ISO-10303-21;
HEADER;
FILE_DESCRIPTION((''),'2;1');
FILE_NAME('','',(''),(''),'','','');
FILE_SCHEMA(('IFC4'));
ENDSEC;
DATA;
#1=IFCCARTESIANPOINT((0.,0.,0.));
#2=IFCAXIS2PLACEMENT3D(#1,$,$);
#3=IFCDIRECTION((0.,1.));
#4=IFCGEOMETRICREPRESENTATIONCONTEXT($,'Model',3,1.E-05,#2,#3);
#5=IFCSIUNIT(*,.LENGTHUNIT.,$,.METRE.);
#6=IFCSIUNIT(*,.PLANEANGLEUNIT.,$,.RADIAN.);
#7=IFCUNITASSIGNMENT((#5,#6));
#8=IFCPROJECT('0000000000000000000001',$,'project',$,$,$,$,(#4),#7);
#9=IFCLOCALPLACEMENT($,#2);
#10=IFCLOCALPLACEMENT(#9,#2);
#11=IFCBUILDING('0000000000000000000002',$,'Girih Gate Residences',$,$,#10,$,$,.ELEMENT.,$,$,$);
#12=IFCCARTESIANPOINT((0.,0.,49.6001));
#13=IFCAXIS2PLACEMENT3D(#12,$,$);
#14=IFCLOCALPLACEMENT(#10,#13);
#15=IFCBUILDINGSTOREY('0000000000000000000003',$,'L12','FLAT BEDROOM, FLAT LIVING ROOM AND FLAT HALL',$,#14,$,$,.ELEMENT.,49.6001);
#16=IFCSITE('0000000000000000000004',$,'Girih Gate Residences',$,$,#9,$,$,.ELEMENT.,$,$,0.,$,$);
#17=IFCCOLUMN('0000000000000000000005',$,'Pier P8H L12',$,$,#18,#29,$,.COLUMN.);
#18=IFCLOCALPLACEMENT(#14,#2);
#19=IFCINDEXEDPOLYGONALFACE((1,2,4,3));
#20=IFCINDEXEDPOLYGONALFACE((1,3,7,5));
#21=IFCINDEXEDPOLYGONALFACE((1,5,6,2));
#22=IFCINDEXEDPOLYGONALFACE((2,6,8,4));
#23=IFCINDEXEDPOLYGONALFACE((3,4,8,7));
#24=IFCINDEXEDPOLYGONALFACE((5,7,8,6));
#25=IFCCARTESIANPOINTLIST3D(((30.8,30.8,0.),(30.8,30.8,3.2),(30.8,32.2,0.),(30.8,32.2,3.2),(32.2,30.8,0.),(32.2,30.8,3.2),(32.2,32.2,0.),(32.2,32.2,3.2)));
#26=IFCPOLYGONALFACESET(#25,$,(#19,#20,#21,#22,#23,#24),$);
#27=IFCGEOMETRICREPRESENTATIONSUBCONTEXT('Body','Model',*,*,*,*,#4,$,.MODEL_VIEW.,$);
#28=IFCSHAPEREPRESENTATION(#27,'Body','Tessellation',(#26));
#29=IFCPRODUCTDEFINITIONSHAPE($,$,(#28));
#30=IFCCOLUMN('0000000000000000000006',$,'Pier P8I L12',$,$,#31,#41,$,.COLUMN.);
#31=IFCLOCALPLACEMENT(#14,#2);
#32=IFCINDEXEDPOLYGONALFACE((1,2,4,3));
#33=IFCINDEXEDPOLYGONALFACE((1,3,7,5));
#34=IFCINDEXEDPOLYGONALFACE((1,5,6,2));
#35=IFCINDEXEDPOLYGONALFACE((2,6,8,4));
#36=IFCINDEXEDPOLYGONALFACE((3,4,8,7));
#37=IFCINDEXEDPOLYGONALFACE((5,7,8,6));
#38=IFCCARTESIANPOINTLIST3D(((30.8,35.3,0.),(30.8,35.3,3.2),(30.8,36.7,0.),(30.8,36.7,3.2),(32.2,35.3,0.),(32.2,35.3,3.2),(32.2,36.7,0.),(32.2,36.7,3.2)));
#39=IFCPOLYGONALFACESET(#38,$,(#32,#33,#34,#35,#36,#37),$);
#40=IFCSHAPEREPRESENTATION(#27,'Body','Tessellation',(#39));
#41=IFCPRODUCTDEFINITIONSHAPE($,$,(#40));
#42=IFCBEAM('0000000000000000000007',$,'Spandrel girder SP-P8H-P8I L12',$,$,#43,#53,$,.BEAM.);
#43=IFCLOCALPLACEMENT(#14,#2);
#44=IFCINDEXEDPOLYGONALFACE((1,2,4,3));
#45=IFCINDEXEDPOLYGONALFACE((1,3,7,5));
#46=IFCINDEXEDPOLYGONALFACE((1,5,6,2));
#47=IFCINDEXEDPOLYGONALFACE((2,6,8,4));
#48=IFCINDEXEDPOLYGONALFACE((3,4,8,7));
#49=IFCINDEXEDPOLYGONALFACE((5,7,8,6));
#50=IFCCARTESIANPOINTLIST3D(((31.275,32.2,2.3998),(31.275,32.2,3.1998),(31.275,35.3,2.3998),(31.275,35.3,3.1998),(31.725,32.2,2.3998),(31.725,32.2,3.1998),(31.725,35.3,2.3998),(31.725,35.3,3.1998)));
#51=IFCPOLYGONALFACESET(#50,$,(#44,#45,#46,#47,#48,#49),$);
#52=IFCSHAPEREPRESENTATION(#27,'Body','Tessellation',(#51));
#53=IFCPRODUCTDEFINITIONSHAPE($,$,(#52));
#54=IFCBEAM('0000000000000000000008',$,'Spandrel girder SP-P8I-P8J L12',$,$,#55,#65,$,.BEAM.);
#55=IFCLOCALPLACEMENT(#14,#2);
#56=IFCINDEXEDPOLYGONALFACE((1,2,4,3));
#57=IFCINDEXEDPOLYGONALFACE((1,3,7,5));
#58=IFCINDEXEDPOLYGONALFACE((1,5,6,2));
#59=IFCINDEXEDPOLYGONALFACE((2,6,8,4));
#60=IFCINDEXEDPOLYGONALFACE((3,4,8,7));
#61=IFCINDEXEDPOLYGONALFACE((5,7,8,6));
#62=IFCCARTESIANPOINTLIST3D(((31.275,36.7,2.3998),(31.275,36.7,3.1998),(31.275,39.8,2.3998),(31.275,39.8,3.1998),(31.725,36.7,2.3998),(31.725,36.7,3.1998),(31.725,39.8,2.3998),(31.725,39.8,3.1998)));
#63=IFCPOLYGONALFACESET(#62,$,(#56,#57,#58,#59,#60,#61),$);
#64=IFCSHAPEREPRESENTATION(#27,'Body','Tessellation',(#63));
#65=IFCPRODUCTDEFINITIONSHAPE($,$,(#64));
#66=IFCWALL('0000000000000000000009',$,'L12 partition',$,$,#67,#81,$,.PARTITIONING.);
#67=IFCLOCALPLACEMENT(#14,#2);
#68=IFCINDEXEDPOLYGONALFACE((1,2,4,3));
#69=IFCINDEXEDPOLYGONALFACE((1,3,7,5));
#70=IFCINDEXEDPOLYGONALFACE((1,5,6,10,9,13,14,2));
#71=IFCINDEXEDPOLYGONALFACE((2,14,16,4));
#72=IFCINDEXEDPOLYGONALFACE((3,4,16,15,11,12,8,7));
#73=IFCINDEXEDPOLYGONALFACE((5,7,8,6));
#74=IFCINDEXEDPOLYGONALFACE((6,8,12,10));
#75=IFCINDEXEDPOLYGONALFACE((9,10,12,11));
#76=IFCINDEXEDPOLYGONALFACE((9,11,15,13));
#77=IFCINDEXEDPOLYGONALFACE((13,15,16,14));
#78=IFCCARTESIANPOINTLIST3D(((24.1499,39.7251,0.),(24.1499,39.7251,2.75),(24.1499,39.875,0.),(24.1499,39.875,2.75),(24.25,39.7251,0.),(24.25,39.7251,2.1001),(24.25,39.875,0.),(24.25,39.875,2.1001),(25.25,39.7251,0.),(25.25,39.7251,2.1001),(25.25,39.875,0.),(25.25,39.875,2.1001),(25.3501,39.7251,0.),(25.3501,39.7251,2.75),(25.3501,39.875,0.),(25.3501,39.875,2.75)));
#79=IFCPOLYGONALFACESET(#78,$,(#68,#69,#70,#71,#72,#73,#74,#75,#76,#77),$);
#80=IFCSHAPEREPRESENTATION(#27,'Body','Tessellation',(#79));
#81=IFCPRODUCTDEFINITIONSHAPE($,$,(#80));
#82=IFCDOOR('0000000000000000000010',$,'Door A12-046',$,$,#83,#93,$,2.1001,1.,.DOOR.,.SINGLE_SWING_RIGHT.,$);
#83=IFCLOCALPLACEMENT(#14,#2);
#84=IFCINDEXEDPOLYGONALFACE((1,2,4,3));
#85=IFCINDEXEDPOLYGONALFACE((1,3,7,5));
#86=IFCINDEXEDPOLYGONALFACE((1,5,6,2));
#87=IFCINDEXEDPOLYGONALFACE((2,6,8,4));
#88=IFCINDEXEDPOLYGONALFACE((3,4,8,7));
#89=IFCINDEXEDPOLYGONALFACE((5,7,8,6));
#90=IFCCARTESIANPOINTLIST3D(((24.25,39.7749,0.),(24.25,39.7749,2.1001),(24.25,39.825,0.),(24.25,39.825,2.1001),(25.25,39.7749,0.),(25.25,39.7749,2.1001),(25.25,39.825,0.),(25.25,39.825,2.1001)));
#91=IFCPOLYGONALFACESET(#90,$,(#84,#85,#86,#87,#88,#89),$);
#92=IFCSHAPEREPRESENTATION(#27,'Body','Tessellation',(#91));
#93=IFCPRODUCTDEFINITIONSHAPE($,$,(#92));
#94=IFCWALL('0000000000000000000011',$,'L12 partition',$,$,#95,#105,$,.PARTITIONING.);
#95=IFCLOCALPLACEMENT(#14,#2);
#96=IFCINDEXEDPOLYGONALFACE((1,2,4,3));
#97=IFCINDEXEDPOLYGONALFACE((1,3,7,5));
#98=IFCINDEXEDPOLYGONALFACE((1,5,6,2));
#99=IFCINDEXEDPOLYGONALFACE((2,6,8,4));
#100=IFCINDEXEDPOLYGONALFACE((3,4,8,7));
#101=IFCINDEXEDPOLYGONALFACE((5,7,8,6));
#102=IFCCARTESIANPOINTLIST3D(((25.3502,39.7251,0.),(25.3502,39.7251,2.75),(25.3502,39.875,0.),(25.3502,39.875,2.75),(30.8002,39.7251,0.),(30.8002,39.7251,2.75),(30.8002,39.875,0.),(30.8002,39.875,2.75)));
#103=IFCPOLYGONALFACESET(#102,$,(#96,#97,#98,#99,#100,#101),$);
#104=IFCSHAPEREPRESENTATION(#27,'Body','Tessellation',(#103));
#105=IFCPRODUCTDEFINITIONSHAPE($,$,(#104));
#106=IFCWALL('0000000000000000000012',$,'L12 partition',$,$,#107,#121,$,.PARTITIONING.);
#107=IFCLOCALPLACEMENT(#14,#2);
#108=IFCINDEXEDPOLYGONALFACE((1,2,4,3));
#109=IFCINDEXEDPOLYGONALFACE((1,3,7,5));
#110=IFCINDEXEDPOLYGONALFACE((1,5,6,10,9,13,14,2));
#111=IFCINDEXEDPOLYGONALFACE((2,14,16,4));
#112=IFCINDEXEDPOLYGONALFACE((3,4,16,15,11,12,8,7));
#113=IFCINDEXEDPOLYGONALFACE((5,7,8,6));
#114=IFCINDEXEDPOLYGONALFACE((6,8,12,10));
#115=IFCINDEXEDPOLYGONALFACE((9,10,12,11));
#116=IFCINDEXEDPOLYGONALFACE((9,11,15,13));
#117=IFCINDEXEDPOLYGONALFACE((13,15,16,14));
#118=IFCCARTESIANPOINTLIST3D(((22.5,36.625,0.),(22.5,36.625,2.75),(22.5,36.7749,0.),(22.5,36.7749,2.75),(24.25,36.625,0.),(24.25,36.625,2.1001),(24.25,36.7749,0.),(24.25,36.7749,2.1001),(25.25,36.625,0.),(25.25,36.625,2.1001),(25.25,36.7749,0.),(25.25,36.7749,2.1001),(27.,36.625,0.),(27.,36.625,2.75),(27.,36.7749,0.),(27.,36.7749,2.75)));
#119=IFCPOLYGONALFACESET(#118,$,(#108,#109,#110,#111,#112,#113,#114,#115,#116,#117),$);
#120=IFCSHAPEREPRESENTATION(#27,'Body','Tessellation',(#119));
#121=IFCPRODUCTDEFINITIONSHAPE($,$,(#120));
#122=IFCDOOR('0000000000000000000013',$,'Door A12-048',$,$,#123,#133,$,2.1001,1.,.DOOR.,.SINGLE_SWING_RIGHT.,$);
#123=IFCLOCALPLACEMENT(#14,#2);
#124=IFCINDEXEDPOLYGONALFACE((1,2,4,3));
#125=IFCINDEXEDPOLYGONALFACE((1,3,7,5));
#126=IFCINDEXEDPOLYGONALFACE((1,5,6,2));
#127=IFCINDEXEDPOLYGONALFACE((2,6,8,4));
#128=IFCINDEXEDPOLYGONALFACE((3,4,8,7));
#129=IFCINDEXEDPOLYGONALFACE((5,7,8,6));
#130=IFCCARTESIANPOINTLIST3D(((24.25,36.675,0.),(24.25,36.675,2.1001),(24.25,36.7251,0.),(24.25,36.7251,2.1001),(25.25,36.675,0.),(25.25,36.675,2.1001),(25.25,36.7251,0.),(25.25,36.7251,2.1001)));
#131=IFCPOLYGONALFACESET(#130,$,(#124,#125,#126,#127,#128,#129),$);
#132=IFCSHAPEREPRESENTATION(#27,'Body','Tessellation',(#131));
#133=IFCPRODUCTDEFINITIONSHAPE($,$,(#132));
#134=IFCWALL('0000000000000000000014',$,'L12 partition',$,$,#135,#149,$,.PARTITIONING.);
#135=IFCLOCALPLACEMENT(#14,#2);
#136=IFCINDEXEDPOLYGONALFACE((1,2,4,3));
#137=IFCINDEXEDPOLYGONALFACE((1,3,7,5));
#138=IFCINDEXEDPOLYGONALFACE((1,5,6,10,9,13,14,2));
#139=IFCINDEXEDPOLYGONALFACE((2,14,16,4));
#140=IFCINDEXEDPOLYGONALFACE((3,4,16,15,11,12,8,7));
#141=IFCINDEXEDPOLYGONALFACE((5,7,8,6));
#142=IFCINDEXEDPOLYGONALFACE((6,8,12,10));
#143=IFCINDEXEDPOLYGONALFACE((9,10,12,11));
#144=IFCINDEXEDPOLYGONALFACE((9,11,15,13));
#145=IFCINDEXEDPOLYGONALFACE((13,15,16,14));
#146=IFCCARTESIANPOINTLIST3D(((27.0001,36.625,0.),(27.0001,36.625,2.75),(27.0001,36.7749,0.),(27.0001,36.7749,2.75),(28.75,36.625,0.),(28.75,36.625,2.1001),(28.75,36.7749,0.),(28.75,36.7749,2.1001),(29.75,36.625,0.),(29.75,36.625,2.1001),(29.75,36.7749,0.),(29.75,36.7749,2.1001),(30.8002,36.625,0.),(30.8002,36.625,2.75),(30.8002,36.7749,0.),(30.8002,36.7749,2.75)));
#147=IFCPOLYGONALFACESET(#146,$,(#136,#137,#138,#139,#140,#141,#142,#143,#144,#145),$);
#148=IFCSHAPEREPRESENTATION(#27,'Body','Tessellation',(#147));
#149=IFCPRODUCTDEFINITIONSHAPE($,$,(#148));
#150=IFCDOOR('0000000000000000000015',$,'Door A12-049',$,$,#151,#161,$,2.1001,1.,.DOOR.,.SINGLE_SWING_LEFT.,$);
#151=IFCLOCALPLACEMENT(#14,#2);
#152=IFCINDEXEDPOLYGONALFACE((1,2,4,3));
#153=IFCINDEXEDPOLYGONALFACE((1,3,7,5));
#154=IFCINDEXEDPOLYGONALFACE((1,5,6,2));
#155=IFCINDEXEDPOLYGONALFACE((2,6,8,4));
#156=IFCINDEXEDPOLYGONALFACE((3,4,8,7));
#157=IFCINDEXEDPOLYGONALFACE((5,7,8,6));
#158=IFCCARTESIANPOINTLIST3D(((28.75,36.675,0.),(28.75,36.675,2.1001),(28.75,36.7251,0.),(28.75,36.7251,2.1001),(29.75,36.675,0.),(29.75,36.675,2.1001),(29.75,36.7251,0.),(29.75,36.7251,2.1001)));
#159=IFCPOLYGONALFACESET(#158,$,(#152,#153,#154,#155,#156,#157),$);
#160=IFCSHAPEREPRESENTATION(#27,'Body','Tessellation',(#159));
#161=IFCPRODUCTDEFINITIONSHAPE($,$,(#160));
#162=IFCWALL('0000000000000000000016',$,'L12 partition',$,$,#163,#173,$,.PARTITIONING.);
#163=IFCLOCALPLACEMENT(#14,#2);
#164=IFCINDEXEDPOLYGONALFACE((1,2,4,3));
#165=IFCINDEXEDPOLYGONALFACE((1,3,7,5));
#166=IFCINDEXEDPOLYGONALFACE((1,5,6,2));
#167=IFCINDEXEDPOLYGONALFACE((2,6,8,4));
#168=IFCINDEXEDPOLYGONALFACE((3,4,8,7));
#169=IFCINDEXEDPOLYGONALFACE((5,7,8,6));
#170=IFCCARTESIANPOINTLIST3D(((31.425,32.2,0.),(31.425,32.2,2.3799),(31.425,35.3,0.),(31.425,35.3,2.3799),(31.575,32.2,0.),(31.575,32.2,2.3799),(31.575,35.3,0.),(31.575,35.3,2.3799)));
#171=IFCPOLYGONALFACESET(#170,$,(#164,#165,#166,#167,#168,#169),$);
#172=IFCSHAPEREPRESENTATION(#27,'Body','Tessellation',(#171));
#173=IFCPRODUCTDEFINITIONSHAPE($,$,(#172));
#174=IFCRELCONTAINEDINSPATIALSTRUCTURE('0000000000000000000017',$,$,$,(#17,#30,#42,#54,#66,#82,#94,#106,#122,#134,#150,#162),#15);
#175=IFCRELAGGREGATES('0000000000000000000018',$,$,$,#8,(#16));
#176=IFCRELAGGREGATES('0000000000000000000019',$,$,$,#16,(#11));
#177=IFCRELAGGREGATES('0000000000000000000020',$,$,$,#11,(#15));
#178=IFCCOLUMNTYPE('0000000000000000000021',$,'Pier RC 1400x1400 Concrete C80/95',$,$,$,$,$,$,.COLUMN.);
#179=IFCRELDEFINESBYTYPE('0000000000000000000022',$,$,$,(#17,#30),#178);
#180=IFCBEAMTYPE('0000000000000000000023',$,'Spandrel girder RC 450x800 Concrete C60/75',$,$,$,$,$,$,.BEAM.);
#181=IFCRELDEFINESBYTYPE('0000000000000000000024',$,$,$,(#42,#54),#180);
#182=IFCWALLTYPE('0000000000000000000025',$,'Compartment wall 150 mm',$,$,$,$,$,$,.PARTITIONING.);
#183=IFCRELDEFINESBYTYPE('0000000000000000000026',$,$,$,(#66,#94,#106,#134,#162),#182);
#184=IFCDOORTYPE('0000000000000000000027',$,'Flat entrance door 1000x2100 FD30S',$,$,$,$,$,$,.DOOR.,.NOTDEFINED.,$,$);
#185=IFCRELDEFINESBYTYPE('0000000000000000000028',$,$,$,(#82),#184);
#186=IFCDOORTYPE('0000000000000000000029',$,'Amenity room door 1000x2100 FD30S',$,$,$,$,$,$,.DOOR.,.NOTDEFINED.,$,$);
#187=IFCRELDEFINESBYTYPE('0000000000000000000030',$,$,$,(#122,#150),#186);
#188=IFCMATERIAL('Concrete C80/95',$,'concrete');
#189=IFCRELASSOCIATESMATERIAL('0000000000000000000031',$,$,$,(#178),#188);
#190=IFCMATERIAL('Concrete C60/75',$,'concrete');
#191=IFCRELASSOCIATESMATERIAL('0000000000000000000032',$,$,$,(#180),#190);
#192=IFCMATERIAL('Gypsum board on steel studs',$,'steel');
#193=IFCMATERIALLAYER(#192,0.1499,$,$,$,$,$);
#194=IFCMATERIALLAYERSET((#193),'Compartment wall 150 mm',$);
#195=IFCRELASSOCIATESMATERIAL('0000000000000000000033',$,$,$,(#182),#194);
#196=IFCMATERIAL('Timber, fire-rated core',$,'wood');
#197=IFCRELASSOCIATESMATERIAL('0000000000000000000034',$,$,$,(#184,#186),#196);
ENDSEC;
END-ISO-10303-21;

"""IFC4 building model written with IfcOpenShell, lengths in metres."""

from ifc_helpers import new_model, si_unit, direction, frame, frame_2d, origin, origin_2d, place, context, subcontext, project, spatial, rectangle, extrude, material, layer, layer_set, material_profile, profile_set, type_object, element, fill, save


model = new_model("IFC4")

# Units and contexts
model_context = context("Model", 3, precision=1e-05, world=origin(), true_north=direction((0.0, 1.0)))
body_context = subcontext(model_context, "Body", "Model", "MODEL_VIEW")
ifc_project = project(units=[si_unit("LENGTHUNIT", "METRE"), si_unit("PLANEANGLEUNIT", "RADIAN")], contexts=[model_context])

# Site, building, storey
site_placement = place(None, origin())
site = spatial("IfcSite", under=ifc_project, at=site_placement, Name="Girih Gate Residences", CompositionType="ELEMENT", RefElevation=0.0)
building_placement = place(site_placement, origin())
building = spatial("IfcBuilding", under=site, at=building_placement, Name="Girih Gate Residences", CompositionType="ELEMENT")
storey_placement = place(building_placement, frame((0.0, 0.0, 49.6001)))
storey = spatial("IfcBuildingStorey", under=building, at=storey_placement, Name="L12", Description="FLAT BEDROOM, FLAT LIVING ROOM AND FLAT HALL", CompositionType="ELEMENT", Elevation=49.6001)

# Columns
ifc_material_1 = material(Name="Concrete C80/95", Category="concrete")
ifc_material_profile_1 = material_profile(ifc_material_1, rectangle(XDim=1.3999, YDim=1.3999, at=origin_2d()))
ifc_profile_set_1 = profile_set([ifc_material_profile_1], Name="Concrete C80/95")
column_type = type_object("IfcColumnType", Name="Pier RC 1400x1400 Concrete C80/95", PredefinedType="COLUMN", material=ifc_profile_set_1)
for number, where, z_axis, x_axis, name in (
    (1, (31.5, 31.5, 0.0), (0.0, 0.0, 1.0), (1.0, 0.0, 0.0), "Pier P8H L12"),
    (2, (31.5, 36.0, 0.0), (0.0, 0.0, 1.0), (1.0, 0.0, 0.0), "Pier P8I L12"),
):
    element("IfcColumn", number, at=place(storey_placement, frame(where, z_axis=z_axis, x_axis=x_axis)), inside=storey, type_object=column_type, Name=name, PredefinedType="COLUMN", context=body_context, shape_type="SweptSolid", body=[
        extrude(rectangle(XDim=1.3999, YDim=1.3999, at=origin_2d()), origin(), (0.0, 0.0, 1.0), 3.2),
    ])

# Beams
ifc_material_2 = material(Name="Concrete C60/75", Category="concrete")
ifc_material_profile_2 = material_profile(ifc_material_2, rectangle(XDim=0.45, YDim=0.8, at=origin_2d()))
ifc_profile_set_2 = profile_set([ifc_material_profile_2], Name="Concrete C60/75")
beam_type = type_object("IfcBeamType", Name="Spandrel girder RC 450x800 Concrete C60/75", PredefinedType="BEAM", material=ifc_profile_set_2)
for number, where, z_axis, x_axis, name in (
    (3, (31.5, 32.2, 2.7998), (0.0, 1.0, 0.0), (-1.0, 0.0, 0.0), "Spandrel girder SP-P8H-P8I L12"),
    (4, (31.5, 36.7, 2.7998), (0.0, 1.0, 0.0), (-1.0, 0.0, 0.0), "Spandrel girder SP-P8I-P8J L12"),
):
    element("IfcBeam", number, at=place(storey_placement, frame(where, z_axis=z_axis, x_axis=x_axis)), inside=storey, type_object=beam_type, Name=name, PredefinedType="BEAM", context=body_context, shape_type="SweptSolid", body=[
        extrude(rectangle(XDim=0.45, YDim=0.8, at=origin_2d()), origin(), (0.0, 0.0, 1.0), 3.1001),
    ])

# Wall, opening, door
ifc_material_3 = material(Name="Gypsum board on steel studs", Category="steel")
ifc_layer_1 = layer(ifc_material_3, 0.1499)
ifc_layer_set_1 = layer_set([ifc_layer_1], Name="Compartment wall 150 mm")
wall_type_1 = type_object("IfcWallType", Name="Compartment wall 150 mm", PredefinedType="PARTITIONING", material=ifc_layer_set_1)
wall_1_placement = place(storey_placement, frame((24.1499, 39.8, 0.0), z_axis=(0.0, 0.0, 1.0), x_axis=(1.0, 0.0, 0.0)))
wall_1 = element("IfcWall", 5, at=wall_1_placement, inside=storey, type_object=wall_type_1, Name="L12 partition", PredefinedType="PARTITIONING", context=body_context, shape_type="SweptSolid", body=[
    extrude(rectangle(XDim=1.2002, YDim=0.1499, at=frame_2d((0.6001, 0.0))), origin(), (0.0, 0.0, 1.0), 2.75),
])
opening_1_placement = place(wall_1_placement, frame((0.1001, 0.0, 0.0)))
opening_1 = element("IfcOpeningElement", 6, at=opening_1_placement, cuts=wall_1, PredefinedType="OPENING", context=body_context, shape_type="SweptSolid", body=[
    extrude(rectangle(XDim=1.0, YDim=2.1001, at=frame_2d((0.5, 1.05))), frame((0.0, 0.085, 0.0), z_axis=(0.0, -1.0, 0.0), x_axis=(1.0, 0.0, 0.0)), (0.0, 0.0, 1.0), 0.1699),
])
ifc_material_4 = material(Name="Timber, fire-rated core", Category="wood")
door_type_1 = type_object("IfcDoorType", Name="Flat entrance door 1000x2100 FD30S", OperationType="NOTDEFINED", PredefinedType="DOOR", material=ifc_material_4)
door_1_placement = place(opening_1_placement, origin())
door_1 = element("IfcDoor", 7, at=door_1_placement, inside=storey, type_object=door_type_1, Name="Door A12-046", OperationType="SINGLE_SWING_RIGHT", OverallHeight=2.1001, OverallWidth=1.0, PredefinedType="DOOR", context=body_context, shape_type="SweptSolid", body=[
    extrude(rectangle(XDim=1.0, YDim=2.1001, at=frame_2d((0.5, 1.05))), frame((0.0, 0.0249, 0.0), z_axis=(0.0, -1.0, 0.0), x_axis=(1.0, 0.0, 0.0)), (0.0, 0.0, 1.0), 0.05),
])
fill(opening_1, door_1)

# Wall
wall_2_placement = place(storey_placement, frame((25.3501, 39.8, 0.0), z_axis=(0.0, 0.0, 1.0), x_axis=(1.0, 0.0, 0.0)))
element("IfcWall", 8, at=wall_2_placement, inside=storey, type_object=wall_type_1, Name="L12 partition", PredefinedType="PARTITIONING", context=body_context, shape_type="SweptSolid", body=[
    extrude(rectangle(XDim=5.45, YDim=0.1499, at=frame_2d((2.7251, 0.0))), origin(), (0.0, 0.0, 1.0), 2.75),
])

# Walls, openings, doors
wall_3_placement = place(storey_placement, frame((27.0, 36.7, 0.0), z_axis=(0.0, 0.0, 1.0), x_axis=(-1.0, 0.0, 0.0)))
wall_3 = element("IfcWall", 9, at=wall_3_placement, inside=storey, type_object=wall_type_1, Name="L12 partition", PredefinedType="PARTITIONING", context=body_context, shape_type="SweptSolid", body=[
    extrude(rectangle(XDim=4.5, YDim=0.1499, at=frame_2d((2.25, 0.0))), origin(), (0.0, 0.0, 1.0), 2.75),
])
opening_2_placement = place(wall_3_placement, frame((1.75, 0.0, 0.0)))
opening_2 = element("IfcOpeningElement", 10, at=opening_2_placement, cuts=wall_3, PredefinedType="OPENING", context=body_context, shape_type="SweptSolid", body=[
    extrude(rectangle(XDim=1.0, YDim=2.1001, at=frame_2d((0.5, 1.05))), frame((0.0, 0.085, 0.0), z_axis=(0.0, -1.0, 0.0), x_axis=(1.0, 0.0, 0.0)), (0.0, 0.0, 1.0), 0.1699),
])
door_type_2 = type_object("IfcDoorType", Name="Amenity room door 1000x2100 FD30S", OperationType="NOTDEFINED", PredefinedType="DOOR", material=ifc_material_4)
door_2_placement = place(opening_2_placement, origin())
door_2 = element("IfcDoor", 11, at=door_2_placement, inside=storey, type_object=door_type_2, Name="Door A12-048", OperationType="SINGLE_SWING_RIGHT", OverallHeight=2.1001, OverallWidth=1.0, PredefinedType="DOOR", context=body_context, shape_type="SweptSolid", body=[
    extrude(rectangle(XDim=1.0, YDim=2.1001, at=frame_2d((0.5, 1.05))), frame((0.0, 0.0249, 0.0), z_axis=(0.0, -1.0, 0.0), x_axis=(1.0, 0.0, 0.0)), (0.0, 0.0, 1.0), 0.05),
])
fill(opening_2, door_2)
wall_4_placement = place(storey_placement, frame((30.8, 36.7, 0.0), z_axis=(0.0, 0.0, 1.0), x_axis=(-1.0, 0.0, 0.0)))
wall_4 = element("IfcWall", 12, at=wall_4_placement, inside=storey, type_object=wall_type_1, Name="L12 partition", PredefinedType="PARTITIONING", context=body_context, shape_type="SweptSolid", body=[
    extrude(rectangle(XDim=3.8, YDim=0.1499, at=frame_2d((1.8999, 0.0))), origin(), (0.0, 0.0, 1.0), 2.75),
])
opening_3_placement = place(wall_4_placement, frame((1.05, 0.0, 0.0)))
opening_3 = element("IfcOpeningElement", 13, at=opening_3_placement, cuts=wall_4, PredefinedType="OPENING", context=body_context, shape_type="SweptSolid", body=[
    extrude(rectangle(XDim=1.0, YDim=2.1001, at=frame_2d((0.5, 1.05))), frame((0.0, 0.085, 0.0), z_axis=(0.0, -1.0, 0.0), x_axis=(1.0, 0.0, 0.0)), (0.0, 0.0, 1.0), 0.1699),
])
door_3_placement = place(opening_3_placement, origin())
door_3 = element("IfcDoor", 14, at=door_3_placement, inside=storey, type_object=door_type_2, Name="Door A12-049", OperationType="SINGLE_SWING_LEFT", OverallHeight=2.1001, OverallWidth=1.0, PredefinedType="DOOR", context=body_context, shape_type="SweptSolid", body=[
    extrude(rectangle(XDim=1.0, YDim=2.1001, at=frame_2d((0.5, 1.05))), frame((0.0, 0.0249, 0.0), z_axis=(0.0, -1.0, 0.0), x_axis=(1.0, 0.0, 0.0)), (0.0, 0.0, 1.0), 0.05),
])
fill(opening_3, door_3)

# Wall
wall_5_placement = place(storey_placement, frame((31.5, 32.2, 0.0), z_axis=(0.0, 0.0, 1.0), x_axis=(0.0, 1.0, 0.0)))
element("IfcWall", 15, at=wall_5_placement, inside=storey, type_object=wall_type_1, Name="L12 partition", PredefinedType="PARTITIONING", context=body_context, shape_type="SweptSolid", body=[
    extrude(rectangle(XDim=3.1001, YDim=0.1499, at=frame_2d((1.55, 0.0))), origin(), (0.0, 0.0, 1.0), 2.3799),
])

save(model, "model.ifc")
